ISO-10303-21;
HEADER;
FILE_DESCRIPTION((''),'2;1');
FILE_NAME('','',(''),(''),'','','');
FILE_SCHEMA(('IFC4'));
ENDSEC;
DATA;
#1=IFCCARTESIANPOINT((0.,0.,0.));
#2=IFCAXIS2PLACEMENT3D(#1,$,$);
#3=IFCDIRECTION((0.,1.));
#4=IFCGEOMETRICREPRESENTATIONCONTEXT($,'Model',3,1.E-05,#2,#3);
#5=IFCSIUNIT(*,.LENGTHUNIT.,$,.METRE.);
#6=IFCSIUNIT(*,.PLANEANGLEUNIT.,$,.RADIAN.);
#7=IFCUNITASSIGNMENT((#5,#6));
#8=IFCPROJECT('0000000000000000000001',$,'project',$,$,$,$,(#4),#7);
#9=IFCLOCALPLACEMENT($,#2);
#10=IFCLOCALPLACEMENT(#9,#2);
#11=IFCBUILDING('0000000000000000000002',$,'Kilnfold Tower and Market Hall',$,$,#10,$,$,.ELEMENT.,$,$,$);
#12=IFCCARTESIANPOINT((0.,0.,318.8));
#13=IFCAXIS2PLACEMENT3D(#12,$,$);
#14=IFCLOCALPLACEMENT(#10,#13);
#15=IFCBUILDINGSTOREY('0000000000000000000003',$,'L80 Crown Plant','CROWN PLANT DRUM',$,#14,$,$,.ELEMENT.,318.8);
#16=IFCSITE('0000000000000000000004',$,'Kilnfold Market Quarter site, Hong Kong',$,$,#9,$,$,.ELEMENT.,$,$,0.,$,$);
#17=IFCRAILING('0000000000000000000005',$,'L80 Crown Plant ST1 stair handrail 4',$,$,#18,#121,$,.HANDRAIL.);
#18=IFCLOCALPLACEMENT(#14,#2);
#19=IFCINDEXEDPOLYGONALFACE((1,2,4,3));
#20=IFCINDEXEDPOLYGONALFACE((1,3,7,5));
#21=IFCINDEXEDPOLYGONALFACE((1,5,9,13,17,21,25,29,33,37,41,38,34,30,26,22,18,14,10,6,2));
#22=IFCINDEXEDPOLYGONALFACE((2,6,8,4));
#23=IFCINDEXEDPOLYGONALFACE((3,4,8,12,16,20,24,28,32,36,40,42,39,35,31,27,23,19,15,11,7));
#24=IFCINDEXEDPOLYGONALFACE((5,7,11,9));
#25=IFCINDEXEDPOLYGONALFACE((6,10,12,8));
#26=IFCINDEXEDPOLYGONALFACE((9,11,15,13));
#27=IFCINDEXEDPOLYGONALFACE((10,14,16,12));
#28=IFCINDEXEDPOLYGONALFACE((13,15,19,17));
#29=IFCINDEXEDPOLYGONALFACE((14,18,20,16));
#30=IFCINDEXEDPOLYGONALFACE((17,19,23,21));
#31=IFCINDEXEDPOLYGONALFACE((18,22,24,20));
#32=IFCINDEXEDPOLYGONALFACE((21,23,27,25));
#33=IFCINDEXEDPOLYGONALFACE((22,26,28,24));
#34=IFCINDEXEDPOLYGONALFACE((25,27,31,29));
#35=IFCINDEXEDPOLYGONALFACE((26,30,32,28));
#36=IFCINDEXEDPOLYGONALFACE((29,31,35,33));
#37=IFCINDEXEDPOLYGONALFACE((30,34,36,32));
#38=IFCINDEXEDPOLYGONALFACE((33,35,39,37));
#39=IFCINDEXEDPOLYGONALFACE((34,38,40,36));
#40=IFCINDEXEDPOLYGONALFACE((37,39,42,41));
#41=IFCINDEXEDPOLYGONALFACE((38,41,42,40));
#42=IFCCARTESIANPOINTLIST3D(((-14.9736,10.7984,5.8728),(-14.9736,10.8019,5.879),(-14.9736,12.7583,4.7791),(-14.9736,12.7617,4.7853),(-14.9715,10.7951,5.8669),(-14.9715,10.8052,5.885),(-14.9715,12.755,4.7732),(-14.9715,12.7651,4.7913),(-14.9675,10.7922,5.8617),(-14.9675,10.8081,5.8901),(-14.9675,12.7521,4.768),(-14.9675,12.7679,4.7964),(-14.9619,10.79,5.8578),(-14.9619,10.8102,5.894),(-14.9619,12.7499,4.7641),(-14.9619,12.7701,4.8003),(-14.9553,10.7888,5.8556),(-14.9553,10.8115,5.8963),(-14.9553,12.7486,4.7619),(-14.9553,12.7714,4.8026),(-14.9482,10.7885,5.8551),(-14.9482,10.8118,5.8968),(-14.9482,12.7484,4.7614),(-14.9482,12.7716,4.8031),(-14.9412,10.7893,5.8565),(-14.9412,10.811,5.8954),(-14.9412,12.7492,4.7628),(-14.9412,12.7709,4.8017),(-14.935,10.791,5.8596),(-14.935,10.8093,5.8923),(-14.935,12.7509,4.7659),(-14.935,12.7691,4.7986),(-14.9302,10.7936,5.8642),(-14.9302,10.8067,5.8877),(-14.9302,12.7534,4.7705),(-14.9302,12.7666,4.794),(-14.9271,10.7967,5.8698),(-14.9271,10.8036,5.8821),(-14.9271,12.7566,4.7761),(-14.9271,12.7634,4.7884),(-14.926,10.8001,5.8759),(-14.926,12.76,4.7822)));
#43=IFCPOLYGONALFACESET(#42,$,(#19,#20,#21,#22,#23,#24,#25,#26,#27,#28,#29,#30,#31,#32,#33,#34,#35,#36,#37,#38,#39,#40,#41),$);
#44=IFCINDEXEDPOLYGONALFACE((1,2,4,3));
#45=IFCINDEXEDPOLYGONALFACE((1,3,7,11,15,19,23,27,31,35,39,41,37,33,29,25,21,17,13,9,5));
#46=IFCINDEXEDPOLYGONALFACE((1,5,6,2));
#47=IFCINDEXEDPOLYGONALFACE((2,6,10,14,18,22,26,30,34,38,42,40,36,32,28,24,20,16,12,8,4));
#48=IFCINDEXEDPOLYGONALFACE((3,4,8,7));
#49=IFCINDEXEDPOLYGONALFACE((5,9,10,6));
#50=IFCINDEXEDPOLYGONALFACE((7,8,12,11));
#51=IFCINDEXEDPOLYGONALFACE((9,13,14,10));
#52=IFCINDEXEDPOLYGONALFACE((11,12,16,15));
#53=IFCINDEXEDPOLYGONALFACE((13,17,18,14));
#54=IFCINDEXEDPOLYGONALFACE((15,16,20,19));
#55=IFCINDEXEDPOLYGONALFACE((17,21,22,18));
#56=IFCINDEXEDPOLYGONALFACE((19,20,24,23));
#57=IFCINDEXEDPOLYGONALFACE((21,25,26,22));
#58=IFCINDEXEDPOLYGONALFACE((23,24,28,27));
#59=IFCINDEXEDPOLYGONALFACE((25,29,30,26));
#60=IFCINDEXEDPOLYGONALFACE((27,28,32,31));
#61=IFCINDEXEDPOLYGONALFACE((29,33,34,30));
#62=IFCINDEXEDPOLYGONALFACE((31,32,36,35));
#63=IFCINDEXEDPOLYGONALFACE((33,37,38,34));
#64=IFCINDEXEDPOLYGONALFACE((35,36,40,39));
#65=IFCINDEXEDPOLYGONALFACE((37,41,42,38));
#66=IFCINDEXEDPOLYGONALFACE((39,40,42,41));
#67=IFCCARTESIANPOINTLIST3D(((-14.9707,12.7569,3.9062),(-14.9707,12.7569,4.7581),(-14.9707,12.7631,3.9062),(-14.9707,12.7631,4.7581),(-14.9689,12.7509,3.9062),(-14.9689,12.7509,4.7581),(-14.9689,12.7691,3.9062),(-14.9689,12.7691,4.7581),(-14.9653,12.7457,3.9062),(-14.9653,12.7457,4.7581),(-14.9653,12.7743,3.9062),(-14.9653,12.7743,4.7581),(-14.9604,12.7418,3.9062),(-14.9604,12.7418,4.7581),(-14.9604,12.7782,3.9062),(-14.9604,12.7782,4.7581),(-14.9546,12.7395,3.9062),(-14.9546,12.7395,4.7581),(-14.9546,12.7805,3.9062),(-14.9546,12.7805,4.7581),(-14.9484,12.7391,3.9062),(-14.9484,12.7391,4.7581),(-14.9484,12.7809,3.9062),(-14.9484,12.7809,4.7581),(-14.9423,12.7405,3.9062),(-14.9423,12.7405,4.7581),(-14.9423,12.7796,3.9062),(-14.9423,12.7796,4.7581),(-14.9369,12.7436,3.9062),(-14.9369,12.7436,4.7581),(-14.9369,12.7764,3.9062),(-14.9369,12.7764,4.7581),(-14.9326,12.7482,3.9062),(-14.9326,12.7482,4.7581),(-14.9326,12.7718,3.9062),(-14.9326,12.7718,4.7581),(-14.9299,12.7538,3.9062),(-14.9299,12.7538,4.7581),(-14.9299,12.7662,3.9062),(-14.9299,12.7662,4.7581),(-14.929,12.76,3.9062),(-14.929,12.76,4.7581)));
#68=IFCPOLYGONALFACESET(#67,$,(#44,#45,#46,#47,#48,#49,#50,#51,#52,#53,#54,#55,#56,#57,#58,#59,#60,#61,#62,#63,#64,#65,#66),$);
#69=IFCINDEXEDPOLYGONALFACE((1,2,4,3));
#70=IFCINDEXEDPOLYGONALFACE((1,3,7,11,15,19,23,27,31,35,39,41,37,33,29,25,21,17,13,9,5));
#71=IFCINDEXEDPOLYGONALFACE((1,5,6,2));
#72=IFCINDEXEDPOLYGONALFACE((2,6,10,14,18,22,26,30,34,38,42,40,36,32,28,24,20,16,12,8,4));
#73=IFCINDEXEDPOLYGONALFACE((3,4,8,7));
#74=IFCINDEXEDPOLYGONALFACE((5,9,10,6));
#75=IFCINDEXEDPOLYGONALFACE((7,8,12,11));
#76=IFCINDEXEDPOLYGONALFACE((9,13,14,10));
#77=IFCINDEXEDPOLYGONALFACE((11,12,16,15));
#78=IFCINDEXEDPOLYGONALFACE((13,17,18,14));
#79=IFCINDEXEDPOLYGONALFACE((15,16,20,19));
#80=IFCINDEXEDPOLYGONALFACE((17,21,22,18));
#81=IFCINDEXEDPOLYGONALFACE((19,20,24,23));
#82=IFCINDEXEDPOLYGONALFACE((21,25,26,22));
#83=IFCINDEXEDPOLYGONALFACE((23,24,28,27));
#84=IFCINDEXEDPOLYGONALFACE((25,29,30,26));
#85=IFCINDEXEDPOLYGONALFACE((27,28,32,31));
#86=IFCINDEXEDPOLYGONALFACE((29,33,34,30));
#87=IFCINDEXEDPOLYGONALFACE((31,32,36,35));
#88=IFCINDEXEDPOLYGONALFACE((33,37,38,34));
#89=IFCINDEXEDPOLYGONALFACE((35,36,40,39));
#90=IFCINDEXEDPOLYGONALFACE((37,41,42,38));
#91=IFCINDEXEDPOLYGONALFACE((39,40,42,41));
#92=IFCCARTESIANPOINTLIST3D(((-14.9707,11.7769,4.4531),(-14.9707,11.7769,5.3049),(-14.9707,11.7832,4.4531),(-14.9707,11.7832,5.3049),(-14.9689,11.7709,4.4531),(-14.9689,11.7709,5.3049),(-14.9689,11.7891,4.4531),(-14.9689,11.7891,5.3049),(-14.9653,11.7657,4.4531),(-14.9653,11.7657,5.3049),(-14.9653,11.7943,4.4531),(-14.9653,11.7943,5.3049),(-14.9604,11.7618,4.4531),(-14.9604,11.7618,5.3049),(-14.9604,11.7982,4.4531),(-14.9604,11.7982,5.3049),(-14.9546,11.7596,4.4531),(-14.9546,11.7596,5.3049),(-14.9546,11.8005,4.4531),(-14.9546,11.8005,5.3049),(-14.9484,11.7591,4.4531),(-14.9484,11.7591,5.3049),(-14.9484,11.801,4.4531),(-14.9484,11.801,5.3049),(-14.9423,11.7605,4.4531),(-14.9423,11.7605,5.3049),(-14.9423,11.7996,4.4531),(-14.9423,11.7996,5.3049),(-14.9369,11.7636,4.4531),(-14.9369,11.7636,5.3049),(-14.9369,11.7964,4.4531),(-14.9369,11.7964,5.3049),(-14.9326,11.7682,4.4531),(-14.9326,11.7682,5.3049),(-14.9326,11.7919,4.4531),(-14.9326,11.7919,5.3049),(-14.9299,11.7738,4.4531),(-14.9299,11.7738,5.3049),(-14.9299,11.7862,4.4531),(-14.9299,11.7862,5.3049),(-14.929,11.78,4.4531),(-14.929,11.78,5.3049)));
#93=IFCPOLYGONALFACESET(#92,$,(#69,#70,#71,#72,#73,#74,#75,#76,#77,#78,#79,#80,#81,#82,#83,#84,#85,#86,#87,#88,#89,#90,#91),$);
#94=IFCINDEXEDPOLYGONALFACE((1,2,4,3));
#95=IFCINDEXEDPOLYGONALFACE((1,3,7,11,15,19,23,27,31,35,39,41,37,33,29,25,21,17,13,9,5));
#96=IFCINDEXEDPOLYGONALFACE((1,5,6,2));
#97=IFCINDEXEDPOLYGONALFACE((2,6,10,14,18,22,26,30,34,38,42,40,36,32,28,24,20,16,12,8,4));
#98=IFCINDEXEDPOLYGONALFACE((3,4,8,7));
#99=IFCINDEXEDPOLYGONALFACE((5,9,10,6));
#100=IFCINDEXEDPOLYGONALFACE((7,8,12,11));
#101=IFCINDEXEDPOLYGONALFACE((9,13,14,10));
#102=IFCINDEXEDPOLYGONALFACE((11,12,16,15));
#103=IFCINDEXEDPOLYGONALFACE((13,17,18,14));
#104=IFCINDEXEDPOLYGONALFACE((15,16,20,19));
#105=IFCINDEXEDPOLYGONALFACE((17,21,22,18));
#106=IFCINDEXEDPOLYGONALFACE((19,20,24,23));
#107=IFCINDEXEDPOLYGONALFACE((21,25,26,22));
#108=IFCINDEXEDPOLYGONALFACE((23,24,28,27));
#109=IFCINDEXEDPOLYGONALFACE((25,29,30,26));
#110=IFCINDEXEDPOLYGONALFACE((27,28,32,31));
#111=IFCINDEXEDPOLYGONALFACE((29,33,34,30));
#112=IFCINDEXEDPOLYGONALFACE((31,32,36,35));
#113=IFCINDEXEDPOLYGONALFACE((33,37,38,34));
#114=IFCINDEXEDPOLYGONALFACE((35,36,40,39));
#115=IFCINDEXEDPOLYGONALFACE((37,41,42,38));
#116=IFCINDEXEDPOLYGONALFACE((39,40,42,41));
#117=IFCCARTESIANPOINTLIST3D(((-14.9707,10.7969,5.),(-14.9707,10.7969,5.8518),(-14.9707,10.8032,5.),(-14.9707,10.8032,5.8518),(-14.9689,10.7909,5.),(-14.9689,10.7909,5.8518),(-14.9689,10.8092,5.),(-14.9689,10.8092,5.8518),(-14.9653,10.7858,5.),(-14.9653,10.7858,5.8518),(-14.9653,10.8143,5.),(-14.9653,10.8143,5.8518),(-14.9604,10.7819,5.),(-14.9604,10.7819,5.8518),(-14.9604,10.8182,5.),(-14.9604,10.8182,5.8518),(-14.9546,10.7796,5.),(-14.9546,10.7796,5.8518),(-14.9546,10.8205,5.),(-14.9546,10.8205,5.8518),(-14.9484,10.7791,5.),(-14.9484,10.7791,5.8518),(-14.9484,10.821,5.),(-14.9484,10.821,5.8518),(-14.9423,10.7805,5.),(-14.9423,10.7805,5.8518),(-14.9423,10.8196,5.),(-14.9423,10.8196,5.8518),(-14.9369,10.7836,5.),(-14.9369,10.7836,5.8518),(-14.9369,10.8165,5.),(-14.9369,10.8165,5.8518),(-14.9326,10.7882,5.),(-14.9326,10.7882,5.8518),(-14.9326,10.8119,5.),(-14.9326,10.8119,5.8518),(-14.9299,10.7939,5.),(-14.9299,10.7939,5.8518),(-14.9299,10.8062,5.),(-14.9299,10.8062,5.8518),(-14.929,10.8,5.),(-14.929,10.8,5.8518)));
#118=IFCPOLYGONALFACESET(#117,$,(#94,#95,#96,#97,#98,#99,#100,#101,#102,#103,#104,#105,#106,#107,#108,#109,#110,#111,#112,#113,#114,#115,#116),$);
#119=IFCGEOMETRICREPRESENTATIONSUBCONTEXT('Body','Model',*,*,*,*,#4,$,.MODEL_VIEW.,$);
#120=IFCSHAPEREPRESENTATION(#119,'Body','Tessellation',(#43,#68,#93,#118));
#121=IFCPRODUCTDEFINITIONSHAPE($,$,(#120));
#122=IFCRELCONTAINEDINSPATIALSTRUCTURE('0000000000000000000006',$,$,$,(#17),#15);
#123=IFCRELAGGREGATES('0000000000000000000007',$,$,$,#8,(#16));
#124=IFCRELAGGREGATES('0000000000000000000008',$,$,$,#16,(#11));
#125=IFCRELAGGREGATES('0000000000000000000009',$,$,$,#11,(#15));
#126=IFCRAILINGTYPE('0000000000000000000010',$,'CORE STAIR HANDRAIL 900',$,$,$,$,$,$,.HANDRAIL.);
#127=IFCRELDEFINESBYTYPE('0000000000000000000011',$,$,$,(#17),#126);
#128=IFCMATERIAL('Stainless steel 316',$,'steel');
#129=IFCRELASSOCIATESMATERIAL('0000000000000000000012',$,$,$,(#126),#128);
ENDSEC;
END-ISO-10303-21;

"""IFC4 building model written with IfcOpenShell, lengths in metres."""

from ifc_helpers import new_model, si_unit, direction, frame, origin, origin_2d, place, context, subcontext, project, spatial, circle, extrude, material, type_object, element, save


model = new_model("IFC4")

# Units and contexts
model_context = context("Model", 3, precision=1e-05, world=origin(), true_north=direction((0.0, 1.0)))
body_context = subcontext(model_context, "Body", "Model", "MODEL_VIEW")
ifc_project = project(units=[si_unit("LENGTHUNIT", "METRE"), si_unit("PLANEANGLEUNIT", "RADIAN")], contexts=[model_context])

# Site, building, storey
site_placement = place(None, origin())
site = spatial("IfcSite", under=ifc_project, at=site_placement, Name="Kilnfold Market Quarter site, Hong Kong", CompositionType="ELEMENT", RefElevation=0.0)
building_placement = place(site_placement, origin())
building = spatial("IfcBuilding", under=site, at=building_placement, Name="Kilnfold Tower and Market Hall", CompositionType="ELEMENT")
storey_placement = place(building_placement, frame((0.0, 0.0, 318.8)))
storey = spatial("IfcBuildingStorey", under=building, at=storey_placement, Name="L80 Crown Plant", Description="CROWN PLANT DRUM", CompositionType="ELEMENT", Elevation=318.8)

# Railing
ifc_material_1 = material(Name="Stainless steel 316", Category="steel")
railing_type_1 = type_object("IfcRailingType", Name="CORE STAIR HANDRAIL 900", PredefinedType="HANDRAIL", material=ifc_material_1)
railing_1_placement = place(storey_placement, frame((-14.95, 12.76, 3.9062)))
element("IfcRailing", 1, at=railing_1_placement, inside=storey, type_object=railing_type_1, Name="L80 Crown Plant ST1 stair handrail 4", PredefinedType="HANDRAIL", context=body_context, shape_type="SweptSolid", body=[
    extrude(circle(Radius=0.0239, at=origin_2d()), frame((0.0, 0.0, 0.876), z_axis=(0.0, -0.873232, 0.487304), x_axis=(1.0, 0.0, 0.0)), (0.0, 0.0, 1.0), 2.2444),
    extrude(circle(Radius=0.021, at=origin_2d()), origin(), (0.0, 0.0, 1.0), 0.8518),
    extrude(circle(Radius=0.021, at=origin_2d()), frame((0.0, -0.98, 0.5469)), (0.0, 0.0, 1.0), 0.8518),
    extrude(circle(Radius=0.021, at=origin_2d()), frame((0.0, -1.96, 1.0938)), (0.0, 0.0, 1.0), 0.8518),
])

save(model, "model.ifc")
